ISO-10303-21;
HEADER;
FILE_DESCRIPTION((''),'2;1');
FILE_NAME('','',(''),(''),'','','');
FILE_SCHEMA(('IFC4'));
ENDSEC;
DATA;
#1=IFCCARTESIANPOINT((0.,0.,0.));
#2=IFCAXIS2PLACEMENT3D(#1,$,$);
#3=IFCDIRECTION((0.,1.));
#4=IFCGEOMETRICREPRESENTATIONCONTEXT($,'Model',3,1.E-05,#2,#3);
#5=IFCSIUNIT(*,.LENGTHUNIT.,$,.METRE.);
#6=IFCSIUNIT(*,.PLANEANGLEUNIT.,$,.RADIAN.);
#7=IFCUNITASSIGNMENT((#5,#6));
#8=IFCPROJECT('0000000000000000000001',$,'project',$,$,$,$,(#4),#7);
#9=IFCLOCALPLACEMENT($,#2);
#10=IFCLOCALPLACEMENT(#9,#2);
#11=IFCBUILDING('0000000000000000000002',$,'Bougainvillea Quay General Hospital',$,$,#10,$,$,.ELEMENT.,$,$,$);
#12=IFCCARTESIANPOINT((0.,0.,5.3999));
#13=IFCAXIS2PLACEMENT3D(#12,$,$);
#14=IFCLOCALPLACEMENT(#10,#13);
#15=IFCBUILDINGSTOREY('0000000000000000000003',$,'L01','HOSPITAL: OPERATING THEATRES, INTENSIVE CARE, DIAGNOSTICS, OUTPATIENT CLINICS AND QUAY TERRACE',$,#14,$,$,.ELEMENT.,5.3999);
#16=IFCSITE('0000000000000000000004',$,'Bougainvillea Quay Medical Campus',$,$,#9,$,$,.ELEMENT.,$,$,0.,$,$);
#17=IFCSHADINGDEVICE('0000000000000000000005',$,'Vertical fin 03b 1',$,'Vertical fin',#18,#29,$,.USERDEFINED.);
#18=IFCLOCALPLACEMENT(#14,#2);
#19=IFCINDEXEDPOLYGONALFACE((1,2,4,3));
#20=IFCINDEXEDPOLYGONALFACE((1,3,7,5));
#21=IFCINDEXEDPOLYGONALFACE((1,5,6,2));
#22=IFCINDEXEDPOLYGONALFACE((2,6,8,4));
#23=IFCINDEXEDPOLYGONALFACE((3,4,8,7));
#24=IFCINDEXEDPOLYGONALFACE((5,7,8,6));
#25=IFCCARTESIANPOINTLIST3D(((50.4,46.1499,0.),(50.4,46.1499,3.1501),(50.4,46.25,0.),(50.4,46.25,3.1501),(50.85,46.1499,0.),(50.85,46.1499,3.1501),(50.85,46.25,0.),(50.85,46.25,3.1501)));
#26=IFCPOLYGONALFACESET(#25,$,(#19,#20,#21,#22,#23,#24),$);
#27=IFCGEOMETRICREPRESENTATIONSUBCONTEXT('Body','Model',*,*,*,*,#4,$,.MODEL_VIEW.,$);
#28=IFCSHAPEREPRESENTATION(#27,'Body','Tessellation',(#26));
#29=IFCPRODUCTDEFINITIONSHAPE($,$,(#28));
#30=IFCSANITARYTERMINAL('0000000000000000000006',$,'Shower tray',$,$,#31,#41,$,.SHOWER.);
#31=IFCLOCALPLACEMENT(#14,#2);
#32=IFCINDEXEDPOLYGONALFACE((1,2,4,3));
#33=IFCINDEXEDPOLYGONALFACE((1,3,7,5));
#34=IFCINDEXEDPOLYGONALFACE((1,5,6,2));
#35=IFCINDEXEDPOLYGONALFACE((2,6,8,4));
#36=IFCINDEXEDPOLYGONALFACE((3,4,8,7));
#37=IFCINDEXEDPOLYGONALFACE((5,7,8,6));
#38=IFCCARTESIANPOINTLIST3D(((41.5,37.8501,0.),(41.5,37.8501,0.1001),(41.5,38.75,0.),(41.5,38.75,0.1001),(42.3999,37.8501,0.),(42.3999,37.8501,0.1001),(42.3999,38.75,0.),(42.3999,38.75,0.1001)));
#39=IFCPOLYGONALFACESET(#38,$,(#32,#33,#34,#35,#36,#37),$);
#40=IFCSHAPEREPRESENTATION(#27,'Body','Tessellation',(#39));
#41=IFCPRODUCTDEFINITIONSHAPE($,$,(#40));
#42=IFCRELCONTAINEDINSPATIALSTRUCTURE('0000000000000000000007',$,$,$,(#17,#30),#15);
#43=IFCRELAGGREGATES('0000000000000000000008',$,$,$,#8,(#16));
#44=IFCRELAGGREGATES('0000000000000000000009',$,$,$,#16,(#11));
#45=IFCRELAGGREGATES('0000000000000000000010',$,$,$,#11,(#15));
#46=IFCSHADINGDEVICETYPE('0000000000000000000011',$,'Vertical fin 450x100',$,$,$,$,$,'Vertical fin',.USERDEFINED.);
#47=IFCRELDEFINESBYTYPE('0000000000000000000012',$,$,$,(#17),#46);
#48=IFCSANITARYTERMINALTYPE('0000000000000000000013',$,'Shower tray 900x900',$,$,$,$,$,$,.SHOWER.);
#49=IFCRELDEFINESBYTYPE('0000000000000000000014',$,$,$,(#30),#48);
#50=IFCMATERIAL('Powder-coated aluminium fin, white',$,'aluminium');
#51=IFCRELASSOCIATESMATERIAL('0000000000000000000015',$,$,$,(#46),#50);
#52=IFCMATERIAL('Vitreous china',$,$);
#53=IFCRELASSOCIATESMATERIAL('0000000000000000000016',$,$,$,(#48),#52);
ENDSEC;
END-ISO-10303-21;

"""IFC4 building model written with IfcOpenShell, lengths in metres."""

from ifc_helpers import new_model, si_unit, direction, frame, origin, origin_2d, place, context, subcontext, project, spatial, rectangle, extrude, material, material_profile, profile_set, type_object, element, save


model = new_model("IFC4")

# Units and contexts
model_context = context("Model", 3, precision=1e-05, world=origin(), true_north=direction((0.0, 1.0)))
body_context = subcontext(model_context, "Body", "Model", "MODEL_VIEW")
ifc_project = project(units=[si_unit("LENGTHUNIT", "METRE"), si_unit("PLANEANGLEUNIT", "RADIAN")], contexts=[model_context])

# Site, building, storey
site_placement = place(None, origin())
site = spatial("IfcSite", under=ifc_project, at=site_placement, Name="Bougainvillea Quay Medical Campus", CompositionType="ELEMENT", RefElevation=0.0)
building_placement = place(site_placement, origin())
building = spatial("IfcBuilding", under=site, at=building_placement, Name="Bougainvillea Quay General Hospital", CompositionType="ELEMENT")
storey_placement = place(building_placement, frame((0.0, 0.0, 5.3999)))
storey = spatial("IfcBuildingStorey", under=building, at=storey_placement, Name="L01", Description="HOSPITAL: OPERATING THEATRES, INTENSIVE CARE, DIAGNOSTICS, OUTPATIENT CLINICS AND QUAY TERRACE", CompositionType="ELEMENT", Elevation=5.3999)

# Shading device
ifc_material_1 = material(Name="Powder-coated aluminium fin, white", Category="aluminium")
ifc_material_profile_1 = material_profile(ifc_material_1, rectangle(XDim=0.45, YDim=0.1001, at=origin_2d()))
ifc_profile_set_1 = profile_set([ifc_material_profile_1], Name="Powder-coated aluminium fin, white")
shading_device_type = type_object("IfcShadingDeviceType", Name="Vertical fin 450x100", ElementType="Vertical fin", PredefinedType="USERDEFINED", material=ifc_profile_set_1)
for number, where, z_axis, x_axis, name in (
    (1, (50.625, 46.2, 0.0), (0.0, 0.0, 1.0), (1.0, 0.0, 0.0), "Vertical fin 03b 1"),
):
    element("IfcShadingDevice", number, at=place(storey_placement, frame(where, z_axis=z_axis, x_axis=x_axis)), inside=storey, type_object=shading_device_type, Name=name, ObjectType="Vertical fin", PredefinedType="USERDEFINED", context=body_context, shape_type="SweptSolid", body=[
        extrude(rectangle(XDim=0.45, YDim=0.1001, at=origin_2d()), origin(), (0.0, 0.0, 1.0), 3.1501),
    ])

# Sanitary terminal
ifc_material_2 = material(Name="Vitreous china")
sanitary_terminal_type = type_object("IfcSanitaryTerminalType", Name="Shower tray 900x900", PredefinedType="SHOWER", material=ifc_material_2)
sanitary_terminal_placement = place(storey_placement, frame((41.95, 38.3, 0.0), z_axis=(0.0, 0.0, 1.0), x_axis=(-1.0, 0.0, 0.0)))
element("IfcSanitaryTerminal", 2, at=sanitary_terminal_placement, inside=storey, type_object=sanitary_terminal_type, Name="Shower tray", PredefinedType="SHOWER", context=body_context, shape_type="SweptSolid", body=[
    extrude(rectangle(XDim=0.8999, YDim=0.8999, at=origin_2d()), origin(), (0.0, 0.0, 1.0), 0.1001),
])

save(model, "model.ifc")
